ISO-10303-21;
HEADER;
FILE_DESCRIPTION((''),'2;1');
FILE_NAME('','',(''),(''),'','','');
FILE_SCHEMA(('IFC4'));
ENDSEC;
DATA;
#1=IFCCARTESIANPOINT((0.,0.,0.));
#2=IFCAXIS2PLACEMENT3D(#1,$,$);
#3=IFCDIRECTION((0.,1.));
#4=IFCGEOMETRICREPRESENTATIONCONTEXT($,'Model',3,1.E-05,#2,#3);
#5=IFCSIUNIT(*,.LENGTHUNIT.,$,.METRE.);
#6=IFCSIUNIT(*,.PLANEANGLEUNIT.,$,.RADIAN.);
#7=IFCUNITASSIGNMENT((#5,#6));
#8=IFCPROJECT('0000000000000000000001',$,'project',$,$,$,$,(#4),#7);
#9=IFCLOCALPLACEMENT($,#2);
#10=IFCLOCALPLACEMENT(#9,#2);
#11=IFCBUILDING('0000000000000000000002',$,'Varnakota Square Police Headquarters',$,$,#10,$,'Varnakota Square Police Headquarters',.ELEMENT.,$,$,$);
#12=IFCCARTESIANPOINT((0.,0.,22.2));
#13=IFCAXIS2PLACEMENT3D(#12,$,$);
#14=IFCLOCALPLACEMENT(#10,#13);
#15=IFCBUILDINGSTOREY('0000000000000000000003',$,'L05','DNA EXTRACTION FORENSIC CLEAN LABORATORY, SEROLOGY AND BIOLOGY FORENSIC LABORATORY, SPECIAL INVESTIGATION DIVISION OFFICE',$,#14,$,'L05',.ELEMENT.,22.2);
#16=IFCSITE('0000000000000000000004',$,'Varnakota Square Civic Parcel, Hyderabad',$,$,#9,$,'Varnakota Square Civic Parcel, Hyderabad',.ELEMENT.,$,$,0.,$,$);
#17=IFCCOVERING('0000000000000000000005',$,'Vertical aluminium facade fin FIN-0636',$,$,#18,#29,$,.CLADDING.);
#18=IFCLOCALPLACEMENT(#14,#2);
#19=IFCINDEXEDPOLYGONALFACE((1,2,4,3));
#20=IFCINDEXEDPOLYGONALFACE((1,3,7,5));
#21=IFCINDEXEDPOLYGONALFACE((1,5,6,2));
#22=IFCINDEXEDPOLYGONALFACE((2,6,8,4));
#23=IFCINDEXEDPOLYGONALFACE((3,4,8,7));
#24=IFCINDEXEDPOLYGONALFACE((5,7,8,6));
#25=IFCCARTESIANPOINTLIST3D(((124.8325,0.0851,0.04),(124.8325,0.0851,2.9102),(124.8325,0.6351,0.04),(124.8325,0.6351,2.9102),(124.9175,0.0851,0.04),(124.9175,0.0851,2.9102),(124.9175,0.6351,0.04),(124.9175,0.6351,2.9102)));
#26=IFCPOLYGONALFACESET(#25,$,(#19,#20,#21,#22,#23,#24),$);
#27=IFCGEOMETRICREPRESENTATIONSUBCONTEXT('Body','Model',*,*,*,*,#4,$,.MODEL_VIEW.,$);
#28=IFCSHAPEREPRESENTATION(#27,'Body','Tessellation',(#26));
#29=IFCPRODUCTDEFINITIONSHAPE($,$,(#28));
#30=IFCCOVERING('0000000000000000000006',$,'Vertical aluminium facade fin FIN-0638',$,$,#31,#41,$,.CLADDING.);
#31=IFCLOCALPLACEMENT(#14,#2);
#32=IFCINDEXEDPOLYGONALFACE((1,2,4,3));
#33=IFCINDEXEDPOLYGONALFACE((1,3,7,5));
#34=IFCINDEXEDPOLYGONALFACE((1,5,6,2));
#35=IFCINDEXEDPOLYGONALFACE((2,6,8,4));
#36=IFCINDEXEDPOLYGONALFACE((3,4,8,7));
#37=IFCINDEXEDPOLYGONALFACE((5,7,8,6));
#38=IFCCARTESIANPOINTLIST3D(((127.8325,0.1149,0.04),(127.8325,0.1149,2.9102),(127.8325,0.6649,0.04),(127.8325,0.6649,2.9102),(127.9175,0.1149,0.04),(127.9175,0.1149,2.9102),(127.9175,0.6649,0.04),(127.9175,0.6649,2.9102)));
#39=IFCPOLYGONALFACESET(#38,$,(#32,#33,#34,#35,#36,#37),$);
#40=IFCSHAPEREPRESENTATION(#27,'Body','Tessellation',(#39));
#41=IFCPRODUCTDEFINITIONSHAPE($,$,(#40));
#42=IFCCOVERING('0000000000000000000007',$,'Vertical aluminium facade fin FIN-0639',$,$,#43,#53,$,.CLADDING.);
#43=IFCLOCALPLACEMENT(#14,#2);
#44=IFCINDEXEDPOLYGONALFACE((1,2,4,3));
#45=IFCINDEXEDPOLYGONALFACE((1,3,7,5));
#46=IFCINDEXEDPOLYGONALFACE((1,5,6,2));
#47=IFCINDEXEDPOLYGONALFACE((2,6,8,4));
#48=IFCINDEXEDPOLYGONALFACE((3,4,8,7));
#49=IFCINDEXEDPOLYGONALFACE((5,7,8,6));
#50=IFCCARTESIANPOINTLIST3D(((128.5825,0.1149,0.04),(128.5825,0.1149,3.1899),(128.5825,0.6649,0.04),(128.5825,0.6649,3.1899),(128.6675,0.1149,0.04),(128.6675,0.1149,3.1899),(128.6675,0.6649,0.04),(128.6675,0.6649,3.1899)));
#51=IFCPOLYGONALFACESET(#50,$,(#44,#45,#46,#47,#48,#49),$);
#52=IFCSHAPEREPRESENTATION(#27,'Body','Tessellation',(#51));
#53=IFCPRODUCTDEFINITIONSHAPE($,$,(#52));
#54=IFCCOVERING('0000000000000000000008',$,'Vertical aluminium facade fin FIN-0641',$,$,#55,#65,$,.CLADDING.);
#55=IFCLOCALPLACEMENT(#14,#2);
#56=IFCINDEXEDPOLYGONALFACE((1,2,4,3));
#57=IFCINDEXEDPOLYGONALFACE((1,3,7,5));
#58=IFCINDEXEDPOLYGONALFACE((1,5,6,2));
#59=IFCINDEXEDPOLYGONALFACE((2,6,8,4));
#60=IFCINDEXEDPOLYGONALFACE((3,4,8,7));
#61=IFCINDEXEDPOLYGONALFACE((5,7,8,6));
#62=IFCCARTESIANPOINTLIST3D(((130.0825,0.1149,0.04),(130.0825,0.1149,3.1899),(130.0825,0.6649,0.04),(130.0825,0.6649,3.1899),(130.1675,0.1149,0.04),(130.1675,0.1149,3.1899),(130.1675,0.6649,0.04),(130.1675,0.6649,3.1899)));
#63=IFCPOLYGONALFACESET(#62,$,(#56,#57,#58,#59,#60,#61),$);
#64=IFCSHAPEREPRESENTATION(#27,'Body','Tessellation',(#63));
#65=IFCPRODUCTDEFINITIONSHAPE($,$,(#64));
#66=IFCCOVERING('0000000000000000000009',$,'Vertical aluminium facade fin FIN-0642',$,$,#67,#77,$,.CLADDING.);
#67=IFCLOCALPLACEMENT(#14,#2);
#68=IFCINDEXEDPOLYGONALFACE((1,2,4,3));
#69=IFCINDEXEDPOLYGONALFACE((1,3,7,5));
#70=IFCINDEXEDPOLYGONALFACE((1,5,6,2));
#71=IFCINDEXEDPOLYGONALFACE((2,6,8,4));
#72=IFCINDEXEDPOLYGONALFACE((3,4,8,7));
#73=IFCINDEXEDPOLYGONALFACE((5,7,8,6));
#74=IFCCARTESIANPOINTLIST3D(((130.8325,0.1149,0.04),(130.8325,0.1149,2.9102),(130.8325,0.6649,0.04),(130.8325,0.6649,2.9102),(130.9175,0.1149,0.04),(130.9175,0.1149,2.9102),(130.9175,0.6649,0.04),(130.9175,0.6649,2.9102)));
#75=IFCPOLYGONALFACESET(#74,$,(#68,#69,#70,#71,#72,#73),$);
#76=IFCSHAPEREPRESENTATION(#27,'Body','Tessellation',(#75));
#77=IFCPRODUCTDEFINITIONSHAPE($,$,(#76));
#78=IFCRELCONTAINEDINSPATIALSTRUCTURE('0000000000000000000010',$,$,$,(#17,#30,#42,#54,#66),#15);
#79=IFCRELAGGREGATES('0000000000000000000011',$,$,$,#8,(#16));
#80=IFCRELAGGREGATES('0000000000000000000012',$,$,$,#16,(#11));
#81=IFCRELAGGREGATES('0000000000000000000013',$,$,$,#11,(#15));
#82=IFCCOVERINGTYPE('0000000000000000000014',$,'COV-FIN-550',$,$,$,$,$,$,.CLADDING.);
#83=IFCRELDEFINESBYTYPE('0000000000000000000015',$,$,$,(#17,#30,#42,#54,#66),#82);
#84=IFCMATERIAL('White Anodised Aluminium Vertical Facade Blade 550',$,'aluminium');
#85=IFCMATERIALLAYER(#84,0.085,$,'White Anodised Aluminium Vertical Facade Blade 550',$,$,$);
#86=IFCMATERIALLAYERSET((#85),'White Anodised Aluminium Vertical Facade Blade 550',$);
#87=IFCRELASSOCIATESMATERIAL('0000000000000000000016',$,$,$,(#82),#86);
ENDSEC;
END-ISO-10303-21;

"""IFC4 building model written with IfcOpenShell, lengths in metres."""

from ifc_helpers import new_model, si_unit, direction, frame, origin, origin_2d, place, context, subcontext, project, spatial, rectangle, extrude, material, layer, layer_set, type_object, element, save


model = new_model("IFC4")

# Units and contexts
model_context = context("Model", 3, precision=1e-05, world=origin(), true_north=direction((0.0, 1.0)))
body_context = subcontext(model_context, "Body", "Model", "MODEL_VIEW")
ifc_project = project(units=[si_unit("LENGTHUNIT", "METRE"), si_unit("PLANEANGLEUNIT", "RADIAN")], contexts=[model_context])

# Site, building, storey
site_placement = place(None, origin())
site = spatial("IfcSite", under=ifc_project, at=site_placement, Name="Varnakota Square Civic Parcel, Hyderabad", LongName="Varnakota Square Civic Parcel, Hyderabad", CompositionType="ELEMENT", RefElevation=0.0)
building_placement = place(site_placement, origin())
building = spatial("IfcBuilding", under=site, at=building_placement, Name="Varnakota Square Police Headquarters", LongName="Varnakota Square Police Headquarters", CompositionType="ELEMENT")
storey_placement = place(building_placement, frame((0.0, 0.0, 22.2)))
storey = spatial("IfcBuildingStorey", under=building, at=storey_placement, Name="L05", Description="DNA EXTRACTION FORENSIC CLEAN LABORATORY, SEROLOGY AND BIOLOGY FORENSIC LABORATORY, SPECIAL INVESTIGATION DIVISION OFFICE", LongName="L05", CompositionType="ELEMENT", Elevation=22.2)

# Coverings
ifc_material_1 = material(Name="White Anodised Aluminium Vertical Facade Blade 550", Category="aluminium")
ifc_layer_1 = layer(ifc_material_1, 0.085, Name="White Anodised Aluminium Vertical Facade Blade 550")
ifc_layer_set_1 = layer_set([ifc_layer_1], Name="White Anodised Aluminium Vertical Facade Blade 550")
covering_type_1 = type_object("IfcCoveringType", Name="COV-FIN-550", PredefinedType="CLADDING", material=ifc_layer_set_1)
for number, where, z_axis, x_axis, name in (
    (1, (124.875, 0.3601, 0.04), (0.0, 0.0, 1.0), (1.0, 0.0, 0.0), "Vertical aluminium facade fin FIN-0636"),
    (2, (127.875, 0.3899, 0.04), (0.0, 0.0, 1.0), (1.0, 0.0, 0.0), "Vertical aluminium facade fin FIN-0638"),
):
    element("IfcCovering", number, at=place(storey_placement, frame(where, z_axis=z_axis, x_axis=x_axis)), inside=storey, type_object=covering_type_1, Name=name, PredefinedType="CLADDING", context=body_context, shape_type="SweptSolid", body=[
        extrude(rectangle(XDim=0.085, YDim=0.55, at=origin_2d()), origin(), (0.0, 0.0, 1.0), 2.8701),
    ])
for number, where, z_axis, x_axis, name in (
    (3, (128.625, 0.3899, 0.04), (0.0, 0.0, 1.0), (1.0, 0.0, 0.0), "Vertical aluminium facade fin FIN-0639"),
    (4, (130.125, 0.3899, 0.04), (0.0, 0.0, 1.0), (1.0, 0.0, 0.0), "Vertical aluminium facade fin FIN-0641"),
):
    element("IfcCovering", number, at=place(storey_placement, frame(where, z_axis=z_axis, x_axis=x_axis)), inside=storey, type_object=covering_type_1, Name=name, PredefinedType="CLADDING", context=body_context, shape_type="SweptSolid", body=[
        extrude(rectangle(XDim=0.085, YDim=0.55, at=origin_2d()), origin(), (0.0, 0.0, 1.0), 3.1499),
    ])
covering_1_placement = place(storey_placement, frame((130.875, 0.3899, 0.04), z_axis=(0.0, 0.0, 1.0), x_axis=(1.0, 0.0, 0.0)))
element("IfcCovering", 5, at=covering_1_placement, inside=storey, type_object=covering_type_1, Name="Vertical aluminium facade fin FIN-0642", PredefinedType="CLADDING", context=body_context, shape_type="SweptSolid", body=[
    extrude(rectangle(XDim=0.085, YDim=0.55, at=origin_2d()), origin(), (0.0, 0.0, 1.0), 2.8701),
])

save(model, "model.ifc")
